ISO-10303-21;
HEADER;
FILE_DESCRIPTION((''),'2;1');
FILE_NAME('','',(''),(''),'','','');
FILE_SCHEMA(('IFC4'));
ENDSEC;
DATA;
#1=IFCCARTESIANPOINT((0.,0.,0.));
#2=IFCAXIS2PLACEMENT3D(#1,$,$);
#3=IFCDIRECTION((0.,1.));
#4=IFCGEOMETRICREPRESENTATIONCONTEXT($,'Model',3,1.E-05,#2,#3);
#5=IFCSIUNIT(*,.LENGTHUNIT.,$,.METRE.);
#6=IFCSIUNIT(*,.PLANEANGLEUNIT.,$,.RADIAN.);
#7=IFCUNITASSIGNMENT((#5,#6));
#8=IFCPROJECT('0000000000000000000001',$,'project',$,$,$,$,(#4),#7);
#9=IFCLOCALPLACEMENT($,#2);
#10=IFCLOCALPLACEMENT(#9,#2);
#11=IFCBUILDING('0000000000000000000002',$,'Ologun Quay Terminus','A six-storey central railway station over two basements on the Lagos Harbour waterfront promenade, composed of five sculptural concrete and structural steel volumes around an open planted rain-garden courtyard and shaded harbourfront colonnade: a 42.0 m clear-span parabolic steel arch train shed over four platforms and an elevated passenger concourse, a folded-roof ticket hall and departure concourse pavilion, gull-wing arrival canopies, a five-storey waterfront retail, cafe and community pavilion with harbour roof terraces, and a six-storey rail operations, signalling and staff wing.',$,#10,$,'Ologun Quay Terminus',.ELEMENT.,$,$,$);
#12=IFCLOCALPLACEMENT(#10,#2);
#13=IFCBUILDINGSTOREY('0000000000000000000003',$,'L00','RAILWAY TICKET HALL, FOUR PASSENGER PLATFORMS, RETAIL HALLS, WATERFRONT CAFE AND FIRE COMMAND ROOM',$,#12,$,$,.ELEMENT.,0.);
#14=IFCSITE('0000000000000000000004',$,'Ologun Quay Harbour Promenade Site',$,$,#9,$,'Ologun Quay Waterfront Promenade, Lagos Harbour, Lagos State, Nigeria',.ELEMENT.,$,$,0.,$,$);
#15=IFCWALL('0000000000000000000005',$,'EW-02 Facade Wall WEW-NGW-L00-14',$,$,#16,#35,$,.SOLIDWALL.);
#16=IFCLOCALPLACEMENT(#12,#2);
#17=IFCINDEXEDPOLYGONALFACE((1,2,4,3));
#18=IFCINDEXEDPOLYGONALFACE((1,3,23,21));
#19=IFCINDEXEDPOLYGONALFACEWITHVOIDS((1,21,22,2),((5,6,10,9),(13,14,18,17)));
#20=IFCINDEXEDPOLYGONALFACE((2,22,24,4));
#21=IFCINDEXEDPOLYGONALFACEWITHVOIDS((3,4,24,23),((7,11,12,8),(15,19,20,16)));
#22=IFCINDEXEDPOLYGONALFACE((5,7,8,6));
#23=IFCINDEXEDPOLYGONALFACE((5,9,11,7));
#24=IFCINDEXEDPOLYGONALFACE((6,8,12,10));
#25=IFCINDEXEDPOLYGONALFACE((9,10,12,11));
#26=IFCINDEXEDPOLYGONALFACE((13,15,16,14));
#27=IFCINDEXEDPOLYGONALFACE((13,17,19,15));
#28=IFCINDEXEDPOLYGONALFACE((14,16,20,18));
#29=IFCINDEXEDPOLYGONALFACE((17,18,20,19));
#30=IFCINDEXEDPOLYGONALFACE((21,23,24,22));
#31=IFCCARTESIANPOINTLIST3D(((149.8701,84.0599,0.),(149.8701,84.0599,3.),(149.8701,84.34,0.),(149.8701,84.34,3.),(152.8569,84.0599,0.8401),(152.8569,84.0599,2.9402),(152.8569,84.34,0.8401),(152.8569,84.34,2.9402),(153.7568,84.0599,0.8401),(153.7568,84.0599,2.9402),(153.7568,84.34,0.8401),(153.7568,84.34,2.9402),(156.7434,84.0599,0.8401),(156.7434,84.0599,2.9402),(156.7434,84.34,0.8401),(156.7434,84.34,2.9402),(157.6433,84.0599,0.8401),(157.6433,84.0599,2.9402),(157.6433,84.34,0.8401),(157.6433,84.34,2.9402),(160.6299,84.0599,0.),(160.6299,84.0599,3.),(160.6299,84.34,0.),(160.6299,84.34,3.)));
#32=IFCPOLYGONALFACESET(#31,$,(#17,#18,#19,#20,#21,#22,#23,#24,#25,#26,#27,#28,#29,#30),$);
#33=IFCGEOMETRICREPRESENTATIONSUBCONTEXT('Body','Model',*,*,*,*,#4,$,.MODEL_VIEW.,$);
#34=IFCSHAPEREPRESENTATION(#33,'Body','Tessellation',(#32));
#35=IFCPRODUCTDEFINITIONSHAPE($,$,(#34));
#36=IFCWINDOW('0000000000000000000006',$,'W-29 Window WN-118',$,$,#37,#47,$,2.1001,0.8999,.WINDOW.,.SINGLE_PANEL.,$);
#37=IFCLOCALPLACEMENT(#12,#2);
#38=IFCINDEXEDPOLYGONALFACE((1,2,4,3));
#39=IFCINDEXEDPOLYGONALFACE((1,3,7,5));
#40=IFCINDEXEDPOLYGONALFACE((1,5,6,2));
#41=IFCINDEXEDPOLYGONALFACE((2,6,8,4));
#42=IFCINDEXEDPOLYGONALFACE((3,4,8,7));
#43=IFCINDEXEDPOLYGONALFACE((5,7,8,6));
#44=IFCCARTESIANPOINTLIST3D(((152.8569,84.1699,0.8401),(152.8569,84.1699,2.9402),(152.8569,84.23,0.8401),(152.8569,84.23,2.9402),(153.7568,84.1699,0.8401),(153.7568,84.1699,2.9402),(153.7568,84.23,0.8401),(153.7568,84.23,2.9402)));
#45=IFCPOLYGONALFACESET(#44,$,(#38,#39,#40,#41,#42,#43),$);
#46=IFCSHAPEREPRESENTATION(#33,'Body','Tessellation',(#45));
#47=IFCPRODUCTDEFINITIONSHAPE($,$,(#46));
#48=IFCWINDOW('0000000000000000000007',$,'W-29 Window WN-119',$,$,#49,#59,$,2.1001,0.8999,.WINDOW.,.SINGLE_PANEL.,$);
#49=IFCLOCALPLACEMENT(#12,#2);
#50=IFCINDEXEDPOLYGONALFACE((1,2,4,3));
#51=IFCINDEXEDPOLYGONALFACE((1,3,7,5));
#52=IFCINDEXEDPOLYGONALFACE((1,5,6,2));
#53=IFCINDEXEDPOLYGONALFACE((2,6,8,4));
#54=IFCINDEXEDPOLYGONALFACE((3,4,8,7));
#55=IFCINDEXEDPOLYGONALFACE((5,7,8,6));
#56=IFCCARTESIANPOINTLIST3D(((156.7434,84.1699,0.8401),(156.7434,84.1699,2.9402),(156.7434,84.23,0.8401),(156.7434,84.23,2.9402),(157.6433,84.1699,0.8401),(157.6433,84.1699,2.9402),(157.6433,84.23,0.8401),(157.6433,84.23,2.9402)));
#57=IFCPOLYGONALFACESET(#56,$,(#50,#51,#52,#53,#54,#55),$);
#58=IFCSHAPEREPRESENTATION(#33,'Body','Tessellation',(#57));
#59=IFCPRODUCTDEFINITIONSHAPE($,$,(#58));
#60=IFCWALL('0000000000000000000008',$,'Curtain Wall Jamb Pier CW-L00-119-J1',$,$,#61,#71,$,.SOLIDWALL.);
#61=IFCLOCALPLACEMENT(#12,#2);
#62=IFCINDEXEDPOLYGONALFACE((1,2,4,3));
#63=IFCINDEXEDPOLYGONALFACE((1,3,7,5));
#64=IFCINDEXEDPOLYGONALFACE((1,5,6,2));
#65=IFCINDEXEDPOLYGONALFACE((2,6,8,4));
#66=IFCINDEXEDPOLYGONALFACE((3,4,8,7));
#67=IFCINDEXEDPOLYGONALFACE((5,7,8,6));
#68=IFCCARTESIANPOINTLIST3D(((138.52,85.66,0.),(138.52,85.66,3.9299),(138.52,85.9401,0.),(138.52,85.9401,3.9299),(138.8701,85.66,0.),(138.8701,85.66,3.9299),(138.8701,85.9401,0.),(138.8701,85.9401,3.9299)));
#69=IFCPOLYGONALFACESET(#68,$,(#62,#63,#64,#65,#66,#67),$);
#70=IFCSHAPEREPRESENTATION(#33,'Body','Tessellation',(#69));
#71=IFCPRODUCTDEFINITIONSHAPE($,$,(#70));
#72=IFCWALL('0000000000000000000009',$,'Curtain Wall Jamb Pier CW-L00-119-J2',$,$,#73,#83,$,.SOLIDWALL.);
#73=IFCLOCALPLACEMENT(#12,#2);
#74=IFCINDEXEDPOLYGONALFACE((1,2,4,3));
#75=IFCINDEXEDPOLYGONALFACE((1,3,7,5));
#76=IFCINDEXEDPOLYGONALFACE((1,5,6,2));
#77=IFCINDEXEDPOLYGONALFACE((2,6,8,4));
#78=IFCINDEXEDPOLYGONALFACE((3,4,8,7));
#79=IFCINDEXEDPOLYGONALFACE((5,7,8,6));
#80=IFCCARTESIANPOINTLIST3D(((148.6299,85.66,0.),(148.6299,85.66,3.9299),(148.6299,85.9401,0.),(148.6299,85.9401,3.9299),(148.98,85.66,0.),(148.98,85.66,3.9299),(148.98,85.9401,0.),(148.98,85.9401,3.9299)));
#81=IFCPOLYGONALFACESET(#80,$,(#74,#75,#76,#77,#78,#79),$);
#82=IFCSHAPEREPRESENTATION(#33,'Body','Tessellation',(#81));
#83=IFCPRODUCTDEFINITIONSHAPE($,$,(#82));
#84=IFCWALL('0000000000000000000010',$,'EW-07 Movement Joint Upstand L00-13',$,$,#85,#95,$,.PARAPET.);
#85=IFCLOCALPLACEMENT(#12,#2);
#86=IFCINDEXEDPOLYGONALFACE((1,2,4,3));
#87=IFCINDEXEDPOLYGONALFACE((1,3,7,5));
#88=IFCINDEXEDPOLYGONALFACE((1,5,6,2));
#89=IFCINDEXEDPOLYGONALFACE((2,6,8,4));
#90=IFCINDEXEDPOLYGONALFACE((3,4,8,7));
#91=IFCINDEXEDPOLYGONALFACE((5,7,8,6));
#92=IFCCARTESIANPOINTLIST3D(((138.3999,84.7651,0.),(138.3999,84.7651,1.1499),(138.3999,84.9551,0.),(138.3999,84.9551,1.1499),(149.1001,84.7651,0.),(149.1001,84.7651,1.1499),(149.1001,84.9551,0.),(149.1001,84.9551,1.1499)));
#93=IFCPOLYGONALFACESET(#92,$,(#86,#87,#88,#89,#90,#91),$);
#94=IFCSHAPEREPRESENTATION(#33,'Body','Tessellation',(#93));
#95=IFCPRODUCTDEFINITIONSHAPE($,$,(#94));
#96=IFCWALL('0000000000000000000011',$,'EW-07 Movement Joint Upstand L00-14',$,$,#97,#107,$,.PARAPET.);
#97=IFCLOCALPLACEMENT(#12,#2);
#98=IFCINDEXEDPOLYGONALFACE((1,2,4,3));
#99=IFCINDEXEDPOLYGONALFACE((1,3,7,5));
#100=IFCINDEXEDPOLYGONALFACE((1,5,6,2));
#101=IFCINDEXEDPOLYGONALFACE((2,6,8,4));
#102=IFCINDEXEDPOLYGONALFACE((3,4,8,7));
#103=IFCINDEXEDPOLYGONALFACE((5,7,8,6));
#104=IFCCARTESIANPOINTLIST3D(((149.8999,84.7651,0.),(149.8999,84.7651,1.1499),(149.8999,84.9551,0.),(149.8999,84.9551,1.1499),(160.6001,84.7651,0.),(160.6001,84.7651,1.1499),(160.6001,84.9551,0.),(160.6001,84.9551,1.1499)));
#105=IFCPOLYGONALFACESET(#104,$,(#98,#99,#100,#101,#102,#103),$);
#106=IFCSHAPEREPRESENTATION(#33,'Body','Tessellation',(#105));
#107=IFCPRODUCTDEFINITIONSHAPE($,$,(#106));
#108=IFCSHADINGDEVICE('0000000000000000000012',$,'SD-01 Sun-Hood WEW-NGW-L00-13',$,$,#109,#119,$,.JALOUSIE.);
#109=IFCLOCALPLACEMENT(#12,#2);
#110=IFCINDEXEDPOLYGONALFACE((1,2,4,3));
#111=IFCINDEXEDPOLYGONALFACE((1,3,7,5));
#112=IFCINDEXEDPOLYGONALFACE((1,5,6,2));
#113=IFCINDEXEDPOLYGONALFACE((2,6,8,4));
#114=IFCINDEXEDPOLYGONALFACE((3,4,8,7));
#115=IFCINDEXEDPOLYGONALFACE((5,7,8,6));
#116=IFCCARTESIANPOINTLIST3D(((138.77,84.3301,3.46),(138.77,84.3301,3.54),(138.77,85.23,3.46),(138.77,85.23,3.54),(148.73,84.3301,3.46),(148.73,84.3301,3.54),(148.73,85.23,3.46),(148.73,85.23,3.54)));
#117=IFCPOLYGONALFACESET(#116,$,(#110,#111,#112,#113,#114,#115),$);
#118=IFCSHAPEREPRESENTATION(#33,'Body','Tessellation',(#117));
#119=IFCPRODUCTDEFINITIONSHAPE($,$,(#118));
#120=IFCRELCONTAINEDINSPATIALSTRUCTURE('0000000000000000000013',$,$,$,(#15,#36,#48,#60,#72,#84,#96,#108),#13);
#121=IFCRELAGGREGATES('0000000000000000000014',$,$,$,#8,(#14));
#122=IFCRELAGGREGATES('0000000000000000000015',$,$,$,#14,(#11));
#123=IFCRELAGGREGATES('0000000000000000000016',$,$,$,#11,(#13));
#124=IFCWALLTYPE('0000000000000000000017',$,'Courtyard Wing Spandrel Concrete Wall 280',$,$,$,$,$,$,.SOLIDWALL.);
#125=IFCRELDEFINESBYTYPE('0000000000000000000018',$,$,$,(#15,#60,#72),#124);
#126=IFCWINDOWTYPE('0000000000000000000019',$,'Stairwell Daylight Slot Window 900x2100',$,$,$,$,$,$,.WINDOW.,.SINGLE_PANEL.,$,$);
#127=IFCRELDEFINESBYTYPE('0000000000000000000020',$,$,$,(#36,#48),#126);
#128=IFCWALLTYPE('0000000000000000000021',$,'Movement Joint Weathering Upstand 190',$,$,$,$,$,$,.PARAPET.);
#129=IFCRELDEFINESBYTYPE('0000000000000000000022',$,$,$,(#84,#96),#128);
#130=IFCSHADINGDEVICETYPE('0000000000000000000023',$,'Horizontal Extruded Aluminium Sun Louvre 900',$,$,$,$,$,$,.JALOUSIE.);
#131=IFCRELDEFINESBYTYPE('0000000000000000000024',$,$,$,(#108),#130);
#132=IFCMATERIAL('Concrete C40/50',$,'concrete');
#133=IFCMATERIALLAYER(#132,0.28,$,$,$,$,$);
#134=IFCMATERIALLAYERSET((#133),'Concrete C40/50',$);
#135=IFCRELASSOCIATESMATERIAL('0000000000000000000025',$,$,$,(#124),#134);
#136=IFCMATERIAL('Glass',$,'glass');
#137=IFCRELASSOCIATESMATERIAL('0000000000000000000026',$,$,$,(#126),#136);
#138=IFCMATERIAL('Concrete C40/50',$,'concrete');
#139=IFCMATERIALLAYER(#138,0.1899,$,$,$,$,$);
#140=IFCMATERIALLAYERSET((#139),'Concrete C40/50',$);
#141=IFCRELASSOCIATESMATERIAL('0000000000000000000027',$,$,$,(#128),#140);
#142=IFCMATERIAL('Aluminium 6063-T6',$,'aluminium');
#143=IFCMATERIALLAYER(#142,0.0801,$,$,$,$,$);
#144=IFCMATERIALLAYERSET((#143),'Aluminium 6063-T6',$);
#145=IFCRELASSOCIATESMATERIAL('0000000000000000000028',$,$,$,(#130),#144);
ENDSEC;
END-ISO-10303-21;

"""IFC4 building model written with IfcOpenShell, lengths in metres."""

from ifc_helpers import new_model, si_unit, direction, frame, frame_2d, origin, origin_2d, place, context, subcontext, project, spatial, rectangle, extrude, material, layer, layer_set, type_object, element, fill, save


model = new_model("IFC4")

# Units and contexts
model_context = context("Model", 3, precision=1e-05, world=origin(), true_north=direction((0.0, 1.0)))
body_context = subcontext(model_context, "Body", "Model", "MODEL_VIEW")
ifc_project = project(units=[si_unit("LENGTHUNIT", "METRE"), si_unit("PLANEANGLEUNIT", "RADIAN")], contexts=[model_context])

# Site, building, storey
site_placement = place(None, origin())
site = spatial("IfcSite", under=ifc_project, at=site_placement, Name="Ologun Quay Harbour Promenade Site", LongName="Ologun Quay Waterfront Promenade, Lagos Harbour, Lagos State, Nigeria", CompositionType="ELEMENT", RefElevation=0.0)
building_placement = place(site_placement, origin())
building = spatial("IfcBuilding", under=site, at=building_placement, Name="Ologun Quay Terminus", Description="A six-storey central railway station over two basements on the Lagos Harbour waterfront promenade, composed of five sculptural concrete and structural steel volumes around an open planted rain-garden courtyard and shaded harbourfront colonnade: a 42.0 m clear-span parabolic steel arch train shed over four platforms and an elevated passenger concourse, a folded-roof ticket hall and departure concourse pavilion, gull-wing arrival canopies, a five-storey waterfront retail, cafe and community pavilion with harbour roof terraces, and a six-storey rail operations, signalling and staff wing.", LongName="Ologun Quay Terminus", CompositionType="ELEMENT")
storey_placement = place(building_placement, origin())
storey = spatial("IfcBuildingStorey", under=building, at=storey_placement, Name="L00", Description="RAILWAY TICKET HALL, FOUR PASSENGER PLATFORMS, RETAIL HALLS, WATERFRONT CAFE AND FIRE COMMAND ROOM", CompositionType="ELEMENT", Elevation=0.0)

# Wall, openings, windows
ifc_material_1 = material(Name="Concrete C40/50", Category="concrete")
ifc_layer_1 = layer(ifc_material_1, 0.28)
ifc_layer_set_1 = layer_set([ifc_layer_1], Name="Concrete C40/50")
wall_type_1 = type_object("IfcWallType", Name="Courtyard Wing Spandrel Concrete Wall 280", PredefinedType="SOLIDWALL", material=ifc_layer_set_1)
wall_1_placement = place(storey_placement, frame((149.8701, 84.2, 0.0), z_axis=(0.0, 0.0, 1.0), x_axis=(1.0, 0.0, 0.0)))
wall_1 = element("IfcWall", 1, at=wall_1_placement, inside=storey, type_object=wall_type_1, Name="EW-02 Facade Wall WEW-NGW-L00-14", PredefinedType="SOLIDWALL", context=body_context, shape_type="SweptSolid", body=[
    extrude(rectangle(XDim=10.7598, YDim=0.28, at=frame_2d((5.3799, 0.0))), origin(), (0.0, 0.0, 1.0), 3.0),
])
opening_1_placement = place(wall_1_placement, frame((2.9868, 0.0, 0.8401)))
opening_1 = element("IfcOpeningElement", 2, at=opening_1_placement, cuts=wall_1, PredefinedType="OPENING", context=body_context, shape_type="SweptSolid", body=[
    extrude(rectangle(XDim=0.8999, YDim=2.1001, at=frame_2d((0.45, 1.05))), frame((0.0, 0.1499, 0.0), z_axis=(0.0, -1.0, 0.0), x_axis=(1.0, 0.0, 0.0)), (0.0, 0.0, 1.0), 0.3),
])
opening_2_placement = place(wall_1_placement, frame((6.8733, 0.0, 0.8401)))
opening_2 = element("IfcOpeningElement", 3, at=opening_2_placement, cuts=wall_1, PredefinedType="OPENING", context=body_context, shape_type="SweptSolid", body=[
    extrude(rectangle(XDim=0.8999, YDim=2.1001, at=frame_2d((0.45, 1.05))), frame((0.0, 0.1499, 0.0), z_axis=(0.0, -1.0, 0.0), x_axis=(1.0, 0.0, 0.0)), (0.0, 0.0, 1.0), 0.3),
])
ifc_material_2 = material(Name="Glass", Category="glass")
window_type_1 = type_object("IfcWindowType", Name="Stairwell Daylight Slot Window 900x2100", PartitioningType="SINGLE_PANEL", PredefinedType="WINDOW", material=ifc_material_2)
window_1_placement = place(opening_1_placement, origin())
window_1 = element("IfcWindow", 4, at=window_1_placement, inside=storey, type_object=window_type_1, Name="W-29 Window WN-118", OverallHeight=2.1001, OverallWidth=0.8999, PartitioningType="SINGLE_PANEL", PredefinedType="WINDOW", context=body_context, shape_type="SweptSolid", body=[
    extrude(rectangle(XDim=0.8999, YDim=2.1001, at=frame_2d((0.45, 1.05))), frame((0.0, 0.03, 0.0), z_axis=(0.0, -1.0, 0.0), x_axis=(1.0, 0.0, 0.0)), (0.0, 0.0, 1.0), 0.0601),
])
fill(opening_1, window_1)
window_2_placement = place(opening_2_placement, origin())
window_2 = element("IfcWindow", 5, at=window_2_placement, inside=storey, type_object=window_type_1, Name="W-29 Window WN-119", OverallHeight=2.1001, OverallWidth=0.8999, PartitioningType="SINGLE_PANEL", PredefinedType="WINDOW", context=body_context, shape_type="SweptSolid", body=[
    extrude(rectangle(XDim=0.8999, YDim=2.1001, at=frame_2d((0.45, 1.05))), frame((0.0, 0.03, 0.0), z_axis=(0.0, -1.0, 0.0), x_axis=(1.0, 0.0, 0.0)), (0.0, 0.0, 1.0), 0.0601),
])
fill(opening_2, window_2)

# Walls
for number, where, z_axis, x_axis, name in (
    (6, (138.52, 85.8, 0.0), (0.0, 0.0, 1.0), (1.0, 0.0, 0.0), "Curtain Wall Jamb Pier CW-L00-119-J1"),
    (7, (148.6299, 85.8, 0.0), (0.0, 0.0, 1.0), (1.0, 0.0, 0.0), "Curtain Wall Jamb Pier CW-L00-119-J2"),
):
    element("IfcWall", number, at=place(storey_placement, frame(where, z_axis=z_axis, x_axis=x_axis)), inside=storey, type_object=wall_type_1, Name=name, PredefinedType="SOLIDWALL", context=body_context, shape_type="SweptSolid", body=[
        extrude(rectangle(XDim=0.3501, YDim=0.28, at=frame_2d((0.175, 0.0))), origin(), (0.0, 0.0, 1.0), 3.9299),
    ])
ifc_material_3 = material(Name="Concrete C40/50", Category="concrete")
ifc_layer_2 = layer(ifc_material_3, 0.1899)
ifc_layer_set_2 = layer_set([ifc_layer_2], Name="Concrete C40/50")
wall_type_2 = type_object("IfcWallType", Name="Movement Joint Weathering Upstand 190", PredefinedType="PARAPET", material=ifc_layer_set_2)
for number, where, z_axis, x_axis, name in (
    (8, (138.3999, 84.8601, 0.0), (0.0, 0.0, 1.0), (1.0, 0.0, 0.0), "EW-07 Movement Joint Upstand L00-13"),
    (9, (149.8999, 84.8601, 0.0), (0.0, 0.0, 1.0), (1.0, 0.0, 0.0), "EW-07 Movement Joint Upstand L00-14"),
):
    element("IfcWall", number, at=place(storey_placement, frame(where, z_axis=z_axis, x_axis=x_axis)), inside=storey, type_object=wall_type_2, Name=name, PredefinedType="PARAPET", context=body_context, shape_type="SweptSolid", body=[
        extrude(rectangle(XDim=10.7002, YDim=0.1899, at=frame_2d((5.3501, 0.0))), origin(), (0.0, 0.0, 1.0), 1.1499),
    ])

# Shading device
ifc_material_4 = material(Name="Aluminium 6063-T6", Category="aluminium")
ifc_layer_3 = layer(ifc_material_4, 0.0801)
ifc_layer_set_3 = layer_set([ifc_layer_3], Name="Aluminium 6063-T6")
shading_device_type = type_object("IfcShadingDeviceType", Name="Horizontal Extruded Aluminium Sun Louvre 900", PredefinedType="JALOUSIE", material=ifc_layer_set_3)
shading_device_placement = place(storey_placement, frame((143.75, 84.78, 3.46), z_axis=(0.0, 0.0, 1.0), x_axis=(1.0, 0.0, 0.0)))
element("IfcShadingDevice", 10, at=shading_device_placement, inside=storey, type_object=shading_device_type, Name="SD-01 Sun-Hood WEW-NGW-L00-13", PredefinedType="JALOUSIE", context=body_context, shape_type="SweptSolid", body=[
    extrude(rectangle(XDim=9.96, YDim=0.8999, at=origin_2d()), origin(), (0.0, 0.0, 1.0), 0.0801),
])

save(model, "model.ifc")
